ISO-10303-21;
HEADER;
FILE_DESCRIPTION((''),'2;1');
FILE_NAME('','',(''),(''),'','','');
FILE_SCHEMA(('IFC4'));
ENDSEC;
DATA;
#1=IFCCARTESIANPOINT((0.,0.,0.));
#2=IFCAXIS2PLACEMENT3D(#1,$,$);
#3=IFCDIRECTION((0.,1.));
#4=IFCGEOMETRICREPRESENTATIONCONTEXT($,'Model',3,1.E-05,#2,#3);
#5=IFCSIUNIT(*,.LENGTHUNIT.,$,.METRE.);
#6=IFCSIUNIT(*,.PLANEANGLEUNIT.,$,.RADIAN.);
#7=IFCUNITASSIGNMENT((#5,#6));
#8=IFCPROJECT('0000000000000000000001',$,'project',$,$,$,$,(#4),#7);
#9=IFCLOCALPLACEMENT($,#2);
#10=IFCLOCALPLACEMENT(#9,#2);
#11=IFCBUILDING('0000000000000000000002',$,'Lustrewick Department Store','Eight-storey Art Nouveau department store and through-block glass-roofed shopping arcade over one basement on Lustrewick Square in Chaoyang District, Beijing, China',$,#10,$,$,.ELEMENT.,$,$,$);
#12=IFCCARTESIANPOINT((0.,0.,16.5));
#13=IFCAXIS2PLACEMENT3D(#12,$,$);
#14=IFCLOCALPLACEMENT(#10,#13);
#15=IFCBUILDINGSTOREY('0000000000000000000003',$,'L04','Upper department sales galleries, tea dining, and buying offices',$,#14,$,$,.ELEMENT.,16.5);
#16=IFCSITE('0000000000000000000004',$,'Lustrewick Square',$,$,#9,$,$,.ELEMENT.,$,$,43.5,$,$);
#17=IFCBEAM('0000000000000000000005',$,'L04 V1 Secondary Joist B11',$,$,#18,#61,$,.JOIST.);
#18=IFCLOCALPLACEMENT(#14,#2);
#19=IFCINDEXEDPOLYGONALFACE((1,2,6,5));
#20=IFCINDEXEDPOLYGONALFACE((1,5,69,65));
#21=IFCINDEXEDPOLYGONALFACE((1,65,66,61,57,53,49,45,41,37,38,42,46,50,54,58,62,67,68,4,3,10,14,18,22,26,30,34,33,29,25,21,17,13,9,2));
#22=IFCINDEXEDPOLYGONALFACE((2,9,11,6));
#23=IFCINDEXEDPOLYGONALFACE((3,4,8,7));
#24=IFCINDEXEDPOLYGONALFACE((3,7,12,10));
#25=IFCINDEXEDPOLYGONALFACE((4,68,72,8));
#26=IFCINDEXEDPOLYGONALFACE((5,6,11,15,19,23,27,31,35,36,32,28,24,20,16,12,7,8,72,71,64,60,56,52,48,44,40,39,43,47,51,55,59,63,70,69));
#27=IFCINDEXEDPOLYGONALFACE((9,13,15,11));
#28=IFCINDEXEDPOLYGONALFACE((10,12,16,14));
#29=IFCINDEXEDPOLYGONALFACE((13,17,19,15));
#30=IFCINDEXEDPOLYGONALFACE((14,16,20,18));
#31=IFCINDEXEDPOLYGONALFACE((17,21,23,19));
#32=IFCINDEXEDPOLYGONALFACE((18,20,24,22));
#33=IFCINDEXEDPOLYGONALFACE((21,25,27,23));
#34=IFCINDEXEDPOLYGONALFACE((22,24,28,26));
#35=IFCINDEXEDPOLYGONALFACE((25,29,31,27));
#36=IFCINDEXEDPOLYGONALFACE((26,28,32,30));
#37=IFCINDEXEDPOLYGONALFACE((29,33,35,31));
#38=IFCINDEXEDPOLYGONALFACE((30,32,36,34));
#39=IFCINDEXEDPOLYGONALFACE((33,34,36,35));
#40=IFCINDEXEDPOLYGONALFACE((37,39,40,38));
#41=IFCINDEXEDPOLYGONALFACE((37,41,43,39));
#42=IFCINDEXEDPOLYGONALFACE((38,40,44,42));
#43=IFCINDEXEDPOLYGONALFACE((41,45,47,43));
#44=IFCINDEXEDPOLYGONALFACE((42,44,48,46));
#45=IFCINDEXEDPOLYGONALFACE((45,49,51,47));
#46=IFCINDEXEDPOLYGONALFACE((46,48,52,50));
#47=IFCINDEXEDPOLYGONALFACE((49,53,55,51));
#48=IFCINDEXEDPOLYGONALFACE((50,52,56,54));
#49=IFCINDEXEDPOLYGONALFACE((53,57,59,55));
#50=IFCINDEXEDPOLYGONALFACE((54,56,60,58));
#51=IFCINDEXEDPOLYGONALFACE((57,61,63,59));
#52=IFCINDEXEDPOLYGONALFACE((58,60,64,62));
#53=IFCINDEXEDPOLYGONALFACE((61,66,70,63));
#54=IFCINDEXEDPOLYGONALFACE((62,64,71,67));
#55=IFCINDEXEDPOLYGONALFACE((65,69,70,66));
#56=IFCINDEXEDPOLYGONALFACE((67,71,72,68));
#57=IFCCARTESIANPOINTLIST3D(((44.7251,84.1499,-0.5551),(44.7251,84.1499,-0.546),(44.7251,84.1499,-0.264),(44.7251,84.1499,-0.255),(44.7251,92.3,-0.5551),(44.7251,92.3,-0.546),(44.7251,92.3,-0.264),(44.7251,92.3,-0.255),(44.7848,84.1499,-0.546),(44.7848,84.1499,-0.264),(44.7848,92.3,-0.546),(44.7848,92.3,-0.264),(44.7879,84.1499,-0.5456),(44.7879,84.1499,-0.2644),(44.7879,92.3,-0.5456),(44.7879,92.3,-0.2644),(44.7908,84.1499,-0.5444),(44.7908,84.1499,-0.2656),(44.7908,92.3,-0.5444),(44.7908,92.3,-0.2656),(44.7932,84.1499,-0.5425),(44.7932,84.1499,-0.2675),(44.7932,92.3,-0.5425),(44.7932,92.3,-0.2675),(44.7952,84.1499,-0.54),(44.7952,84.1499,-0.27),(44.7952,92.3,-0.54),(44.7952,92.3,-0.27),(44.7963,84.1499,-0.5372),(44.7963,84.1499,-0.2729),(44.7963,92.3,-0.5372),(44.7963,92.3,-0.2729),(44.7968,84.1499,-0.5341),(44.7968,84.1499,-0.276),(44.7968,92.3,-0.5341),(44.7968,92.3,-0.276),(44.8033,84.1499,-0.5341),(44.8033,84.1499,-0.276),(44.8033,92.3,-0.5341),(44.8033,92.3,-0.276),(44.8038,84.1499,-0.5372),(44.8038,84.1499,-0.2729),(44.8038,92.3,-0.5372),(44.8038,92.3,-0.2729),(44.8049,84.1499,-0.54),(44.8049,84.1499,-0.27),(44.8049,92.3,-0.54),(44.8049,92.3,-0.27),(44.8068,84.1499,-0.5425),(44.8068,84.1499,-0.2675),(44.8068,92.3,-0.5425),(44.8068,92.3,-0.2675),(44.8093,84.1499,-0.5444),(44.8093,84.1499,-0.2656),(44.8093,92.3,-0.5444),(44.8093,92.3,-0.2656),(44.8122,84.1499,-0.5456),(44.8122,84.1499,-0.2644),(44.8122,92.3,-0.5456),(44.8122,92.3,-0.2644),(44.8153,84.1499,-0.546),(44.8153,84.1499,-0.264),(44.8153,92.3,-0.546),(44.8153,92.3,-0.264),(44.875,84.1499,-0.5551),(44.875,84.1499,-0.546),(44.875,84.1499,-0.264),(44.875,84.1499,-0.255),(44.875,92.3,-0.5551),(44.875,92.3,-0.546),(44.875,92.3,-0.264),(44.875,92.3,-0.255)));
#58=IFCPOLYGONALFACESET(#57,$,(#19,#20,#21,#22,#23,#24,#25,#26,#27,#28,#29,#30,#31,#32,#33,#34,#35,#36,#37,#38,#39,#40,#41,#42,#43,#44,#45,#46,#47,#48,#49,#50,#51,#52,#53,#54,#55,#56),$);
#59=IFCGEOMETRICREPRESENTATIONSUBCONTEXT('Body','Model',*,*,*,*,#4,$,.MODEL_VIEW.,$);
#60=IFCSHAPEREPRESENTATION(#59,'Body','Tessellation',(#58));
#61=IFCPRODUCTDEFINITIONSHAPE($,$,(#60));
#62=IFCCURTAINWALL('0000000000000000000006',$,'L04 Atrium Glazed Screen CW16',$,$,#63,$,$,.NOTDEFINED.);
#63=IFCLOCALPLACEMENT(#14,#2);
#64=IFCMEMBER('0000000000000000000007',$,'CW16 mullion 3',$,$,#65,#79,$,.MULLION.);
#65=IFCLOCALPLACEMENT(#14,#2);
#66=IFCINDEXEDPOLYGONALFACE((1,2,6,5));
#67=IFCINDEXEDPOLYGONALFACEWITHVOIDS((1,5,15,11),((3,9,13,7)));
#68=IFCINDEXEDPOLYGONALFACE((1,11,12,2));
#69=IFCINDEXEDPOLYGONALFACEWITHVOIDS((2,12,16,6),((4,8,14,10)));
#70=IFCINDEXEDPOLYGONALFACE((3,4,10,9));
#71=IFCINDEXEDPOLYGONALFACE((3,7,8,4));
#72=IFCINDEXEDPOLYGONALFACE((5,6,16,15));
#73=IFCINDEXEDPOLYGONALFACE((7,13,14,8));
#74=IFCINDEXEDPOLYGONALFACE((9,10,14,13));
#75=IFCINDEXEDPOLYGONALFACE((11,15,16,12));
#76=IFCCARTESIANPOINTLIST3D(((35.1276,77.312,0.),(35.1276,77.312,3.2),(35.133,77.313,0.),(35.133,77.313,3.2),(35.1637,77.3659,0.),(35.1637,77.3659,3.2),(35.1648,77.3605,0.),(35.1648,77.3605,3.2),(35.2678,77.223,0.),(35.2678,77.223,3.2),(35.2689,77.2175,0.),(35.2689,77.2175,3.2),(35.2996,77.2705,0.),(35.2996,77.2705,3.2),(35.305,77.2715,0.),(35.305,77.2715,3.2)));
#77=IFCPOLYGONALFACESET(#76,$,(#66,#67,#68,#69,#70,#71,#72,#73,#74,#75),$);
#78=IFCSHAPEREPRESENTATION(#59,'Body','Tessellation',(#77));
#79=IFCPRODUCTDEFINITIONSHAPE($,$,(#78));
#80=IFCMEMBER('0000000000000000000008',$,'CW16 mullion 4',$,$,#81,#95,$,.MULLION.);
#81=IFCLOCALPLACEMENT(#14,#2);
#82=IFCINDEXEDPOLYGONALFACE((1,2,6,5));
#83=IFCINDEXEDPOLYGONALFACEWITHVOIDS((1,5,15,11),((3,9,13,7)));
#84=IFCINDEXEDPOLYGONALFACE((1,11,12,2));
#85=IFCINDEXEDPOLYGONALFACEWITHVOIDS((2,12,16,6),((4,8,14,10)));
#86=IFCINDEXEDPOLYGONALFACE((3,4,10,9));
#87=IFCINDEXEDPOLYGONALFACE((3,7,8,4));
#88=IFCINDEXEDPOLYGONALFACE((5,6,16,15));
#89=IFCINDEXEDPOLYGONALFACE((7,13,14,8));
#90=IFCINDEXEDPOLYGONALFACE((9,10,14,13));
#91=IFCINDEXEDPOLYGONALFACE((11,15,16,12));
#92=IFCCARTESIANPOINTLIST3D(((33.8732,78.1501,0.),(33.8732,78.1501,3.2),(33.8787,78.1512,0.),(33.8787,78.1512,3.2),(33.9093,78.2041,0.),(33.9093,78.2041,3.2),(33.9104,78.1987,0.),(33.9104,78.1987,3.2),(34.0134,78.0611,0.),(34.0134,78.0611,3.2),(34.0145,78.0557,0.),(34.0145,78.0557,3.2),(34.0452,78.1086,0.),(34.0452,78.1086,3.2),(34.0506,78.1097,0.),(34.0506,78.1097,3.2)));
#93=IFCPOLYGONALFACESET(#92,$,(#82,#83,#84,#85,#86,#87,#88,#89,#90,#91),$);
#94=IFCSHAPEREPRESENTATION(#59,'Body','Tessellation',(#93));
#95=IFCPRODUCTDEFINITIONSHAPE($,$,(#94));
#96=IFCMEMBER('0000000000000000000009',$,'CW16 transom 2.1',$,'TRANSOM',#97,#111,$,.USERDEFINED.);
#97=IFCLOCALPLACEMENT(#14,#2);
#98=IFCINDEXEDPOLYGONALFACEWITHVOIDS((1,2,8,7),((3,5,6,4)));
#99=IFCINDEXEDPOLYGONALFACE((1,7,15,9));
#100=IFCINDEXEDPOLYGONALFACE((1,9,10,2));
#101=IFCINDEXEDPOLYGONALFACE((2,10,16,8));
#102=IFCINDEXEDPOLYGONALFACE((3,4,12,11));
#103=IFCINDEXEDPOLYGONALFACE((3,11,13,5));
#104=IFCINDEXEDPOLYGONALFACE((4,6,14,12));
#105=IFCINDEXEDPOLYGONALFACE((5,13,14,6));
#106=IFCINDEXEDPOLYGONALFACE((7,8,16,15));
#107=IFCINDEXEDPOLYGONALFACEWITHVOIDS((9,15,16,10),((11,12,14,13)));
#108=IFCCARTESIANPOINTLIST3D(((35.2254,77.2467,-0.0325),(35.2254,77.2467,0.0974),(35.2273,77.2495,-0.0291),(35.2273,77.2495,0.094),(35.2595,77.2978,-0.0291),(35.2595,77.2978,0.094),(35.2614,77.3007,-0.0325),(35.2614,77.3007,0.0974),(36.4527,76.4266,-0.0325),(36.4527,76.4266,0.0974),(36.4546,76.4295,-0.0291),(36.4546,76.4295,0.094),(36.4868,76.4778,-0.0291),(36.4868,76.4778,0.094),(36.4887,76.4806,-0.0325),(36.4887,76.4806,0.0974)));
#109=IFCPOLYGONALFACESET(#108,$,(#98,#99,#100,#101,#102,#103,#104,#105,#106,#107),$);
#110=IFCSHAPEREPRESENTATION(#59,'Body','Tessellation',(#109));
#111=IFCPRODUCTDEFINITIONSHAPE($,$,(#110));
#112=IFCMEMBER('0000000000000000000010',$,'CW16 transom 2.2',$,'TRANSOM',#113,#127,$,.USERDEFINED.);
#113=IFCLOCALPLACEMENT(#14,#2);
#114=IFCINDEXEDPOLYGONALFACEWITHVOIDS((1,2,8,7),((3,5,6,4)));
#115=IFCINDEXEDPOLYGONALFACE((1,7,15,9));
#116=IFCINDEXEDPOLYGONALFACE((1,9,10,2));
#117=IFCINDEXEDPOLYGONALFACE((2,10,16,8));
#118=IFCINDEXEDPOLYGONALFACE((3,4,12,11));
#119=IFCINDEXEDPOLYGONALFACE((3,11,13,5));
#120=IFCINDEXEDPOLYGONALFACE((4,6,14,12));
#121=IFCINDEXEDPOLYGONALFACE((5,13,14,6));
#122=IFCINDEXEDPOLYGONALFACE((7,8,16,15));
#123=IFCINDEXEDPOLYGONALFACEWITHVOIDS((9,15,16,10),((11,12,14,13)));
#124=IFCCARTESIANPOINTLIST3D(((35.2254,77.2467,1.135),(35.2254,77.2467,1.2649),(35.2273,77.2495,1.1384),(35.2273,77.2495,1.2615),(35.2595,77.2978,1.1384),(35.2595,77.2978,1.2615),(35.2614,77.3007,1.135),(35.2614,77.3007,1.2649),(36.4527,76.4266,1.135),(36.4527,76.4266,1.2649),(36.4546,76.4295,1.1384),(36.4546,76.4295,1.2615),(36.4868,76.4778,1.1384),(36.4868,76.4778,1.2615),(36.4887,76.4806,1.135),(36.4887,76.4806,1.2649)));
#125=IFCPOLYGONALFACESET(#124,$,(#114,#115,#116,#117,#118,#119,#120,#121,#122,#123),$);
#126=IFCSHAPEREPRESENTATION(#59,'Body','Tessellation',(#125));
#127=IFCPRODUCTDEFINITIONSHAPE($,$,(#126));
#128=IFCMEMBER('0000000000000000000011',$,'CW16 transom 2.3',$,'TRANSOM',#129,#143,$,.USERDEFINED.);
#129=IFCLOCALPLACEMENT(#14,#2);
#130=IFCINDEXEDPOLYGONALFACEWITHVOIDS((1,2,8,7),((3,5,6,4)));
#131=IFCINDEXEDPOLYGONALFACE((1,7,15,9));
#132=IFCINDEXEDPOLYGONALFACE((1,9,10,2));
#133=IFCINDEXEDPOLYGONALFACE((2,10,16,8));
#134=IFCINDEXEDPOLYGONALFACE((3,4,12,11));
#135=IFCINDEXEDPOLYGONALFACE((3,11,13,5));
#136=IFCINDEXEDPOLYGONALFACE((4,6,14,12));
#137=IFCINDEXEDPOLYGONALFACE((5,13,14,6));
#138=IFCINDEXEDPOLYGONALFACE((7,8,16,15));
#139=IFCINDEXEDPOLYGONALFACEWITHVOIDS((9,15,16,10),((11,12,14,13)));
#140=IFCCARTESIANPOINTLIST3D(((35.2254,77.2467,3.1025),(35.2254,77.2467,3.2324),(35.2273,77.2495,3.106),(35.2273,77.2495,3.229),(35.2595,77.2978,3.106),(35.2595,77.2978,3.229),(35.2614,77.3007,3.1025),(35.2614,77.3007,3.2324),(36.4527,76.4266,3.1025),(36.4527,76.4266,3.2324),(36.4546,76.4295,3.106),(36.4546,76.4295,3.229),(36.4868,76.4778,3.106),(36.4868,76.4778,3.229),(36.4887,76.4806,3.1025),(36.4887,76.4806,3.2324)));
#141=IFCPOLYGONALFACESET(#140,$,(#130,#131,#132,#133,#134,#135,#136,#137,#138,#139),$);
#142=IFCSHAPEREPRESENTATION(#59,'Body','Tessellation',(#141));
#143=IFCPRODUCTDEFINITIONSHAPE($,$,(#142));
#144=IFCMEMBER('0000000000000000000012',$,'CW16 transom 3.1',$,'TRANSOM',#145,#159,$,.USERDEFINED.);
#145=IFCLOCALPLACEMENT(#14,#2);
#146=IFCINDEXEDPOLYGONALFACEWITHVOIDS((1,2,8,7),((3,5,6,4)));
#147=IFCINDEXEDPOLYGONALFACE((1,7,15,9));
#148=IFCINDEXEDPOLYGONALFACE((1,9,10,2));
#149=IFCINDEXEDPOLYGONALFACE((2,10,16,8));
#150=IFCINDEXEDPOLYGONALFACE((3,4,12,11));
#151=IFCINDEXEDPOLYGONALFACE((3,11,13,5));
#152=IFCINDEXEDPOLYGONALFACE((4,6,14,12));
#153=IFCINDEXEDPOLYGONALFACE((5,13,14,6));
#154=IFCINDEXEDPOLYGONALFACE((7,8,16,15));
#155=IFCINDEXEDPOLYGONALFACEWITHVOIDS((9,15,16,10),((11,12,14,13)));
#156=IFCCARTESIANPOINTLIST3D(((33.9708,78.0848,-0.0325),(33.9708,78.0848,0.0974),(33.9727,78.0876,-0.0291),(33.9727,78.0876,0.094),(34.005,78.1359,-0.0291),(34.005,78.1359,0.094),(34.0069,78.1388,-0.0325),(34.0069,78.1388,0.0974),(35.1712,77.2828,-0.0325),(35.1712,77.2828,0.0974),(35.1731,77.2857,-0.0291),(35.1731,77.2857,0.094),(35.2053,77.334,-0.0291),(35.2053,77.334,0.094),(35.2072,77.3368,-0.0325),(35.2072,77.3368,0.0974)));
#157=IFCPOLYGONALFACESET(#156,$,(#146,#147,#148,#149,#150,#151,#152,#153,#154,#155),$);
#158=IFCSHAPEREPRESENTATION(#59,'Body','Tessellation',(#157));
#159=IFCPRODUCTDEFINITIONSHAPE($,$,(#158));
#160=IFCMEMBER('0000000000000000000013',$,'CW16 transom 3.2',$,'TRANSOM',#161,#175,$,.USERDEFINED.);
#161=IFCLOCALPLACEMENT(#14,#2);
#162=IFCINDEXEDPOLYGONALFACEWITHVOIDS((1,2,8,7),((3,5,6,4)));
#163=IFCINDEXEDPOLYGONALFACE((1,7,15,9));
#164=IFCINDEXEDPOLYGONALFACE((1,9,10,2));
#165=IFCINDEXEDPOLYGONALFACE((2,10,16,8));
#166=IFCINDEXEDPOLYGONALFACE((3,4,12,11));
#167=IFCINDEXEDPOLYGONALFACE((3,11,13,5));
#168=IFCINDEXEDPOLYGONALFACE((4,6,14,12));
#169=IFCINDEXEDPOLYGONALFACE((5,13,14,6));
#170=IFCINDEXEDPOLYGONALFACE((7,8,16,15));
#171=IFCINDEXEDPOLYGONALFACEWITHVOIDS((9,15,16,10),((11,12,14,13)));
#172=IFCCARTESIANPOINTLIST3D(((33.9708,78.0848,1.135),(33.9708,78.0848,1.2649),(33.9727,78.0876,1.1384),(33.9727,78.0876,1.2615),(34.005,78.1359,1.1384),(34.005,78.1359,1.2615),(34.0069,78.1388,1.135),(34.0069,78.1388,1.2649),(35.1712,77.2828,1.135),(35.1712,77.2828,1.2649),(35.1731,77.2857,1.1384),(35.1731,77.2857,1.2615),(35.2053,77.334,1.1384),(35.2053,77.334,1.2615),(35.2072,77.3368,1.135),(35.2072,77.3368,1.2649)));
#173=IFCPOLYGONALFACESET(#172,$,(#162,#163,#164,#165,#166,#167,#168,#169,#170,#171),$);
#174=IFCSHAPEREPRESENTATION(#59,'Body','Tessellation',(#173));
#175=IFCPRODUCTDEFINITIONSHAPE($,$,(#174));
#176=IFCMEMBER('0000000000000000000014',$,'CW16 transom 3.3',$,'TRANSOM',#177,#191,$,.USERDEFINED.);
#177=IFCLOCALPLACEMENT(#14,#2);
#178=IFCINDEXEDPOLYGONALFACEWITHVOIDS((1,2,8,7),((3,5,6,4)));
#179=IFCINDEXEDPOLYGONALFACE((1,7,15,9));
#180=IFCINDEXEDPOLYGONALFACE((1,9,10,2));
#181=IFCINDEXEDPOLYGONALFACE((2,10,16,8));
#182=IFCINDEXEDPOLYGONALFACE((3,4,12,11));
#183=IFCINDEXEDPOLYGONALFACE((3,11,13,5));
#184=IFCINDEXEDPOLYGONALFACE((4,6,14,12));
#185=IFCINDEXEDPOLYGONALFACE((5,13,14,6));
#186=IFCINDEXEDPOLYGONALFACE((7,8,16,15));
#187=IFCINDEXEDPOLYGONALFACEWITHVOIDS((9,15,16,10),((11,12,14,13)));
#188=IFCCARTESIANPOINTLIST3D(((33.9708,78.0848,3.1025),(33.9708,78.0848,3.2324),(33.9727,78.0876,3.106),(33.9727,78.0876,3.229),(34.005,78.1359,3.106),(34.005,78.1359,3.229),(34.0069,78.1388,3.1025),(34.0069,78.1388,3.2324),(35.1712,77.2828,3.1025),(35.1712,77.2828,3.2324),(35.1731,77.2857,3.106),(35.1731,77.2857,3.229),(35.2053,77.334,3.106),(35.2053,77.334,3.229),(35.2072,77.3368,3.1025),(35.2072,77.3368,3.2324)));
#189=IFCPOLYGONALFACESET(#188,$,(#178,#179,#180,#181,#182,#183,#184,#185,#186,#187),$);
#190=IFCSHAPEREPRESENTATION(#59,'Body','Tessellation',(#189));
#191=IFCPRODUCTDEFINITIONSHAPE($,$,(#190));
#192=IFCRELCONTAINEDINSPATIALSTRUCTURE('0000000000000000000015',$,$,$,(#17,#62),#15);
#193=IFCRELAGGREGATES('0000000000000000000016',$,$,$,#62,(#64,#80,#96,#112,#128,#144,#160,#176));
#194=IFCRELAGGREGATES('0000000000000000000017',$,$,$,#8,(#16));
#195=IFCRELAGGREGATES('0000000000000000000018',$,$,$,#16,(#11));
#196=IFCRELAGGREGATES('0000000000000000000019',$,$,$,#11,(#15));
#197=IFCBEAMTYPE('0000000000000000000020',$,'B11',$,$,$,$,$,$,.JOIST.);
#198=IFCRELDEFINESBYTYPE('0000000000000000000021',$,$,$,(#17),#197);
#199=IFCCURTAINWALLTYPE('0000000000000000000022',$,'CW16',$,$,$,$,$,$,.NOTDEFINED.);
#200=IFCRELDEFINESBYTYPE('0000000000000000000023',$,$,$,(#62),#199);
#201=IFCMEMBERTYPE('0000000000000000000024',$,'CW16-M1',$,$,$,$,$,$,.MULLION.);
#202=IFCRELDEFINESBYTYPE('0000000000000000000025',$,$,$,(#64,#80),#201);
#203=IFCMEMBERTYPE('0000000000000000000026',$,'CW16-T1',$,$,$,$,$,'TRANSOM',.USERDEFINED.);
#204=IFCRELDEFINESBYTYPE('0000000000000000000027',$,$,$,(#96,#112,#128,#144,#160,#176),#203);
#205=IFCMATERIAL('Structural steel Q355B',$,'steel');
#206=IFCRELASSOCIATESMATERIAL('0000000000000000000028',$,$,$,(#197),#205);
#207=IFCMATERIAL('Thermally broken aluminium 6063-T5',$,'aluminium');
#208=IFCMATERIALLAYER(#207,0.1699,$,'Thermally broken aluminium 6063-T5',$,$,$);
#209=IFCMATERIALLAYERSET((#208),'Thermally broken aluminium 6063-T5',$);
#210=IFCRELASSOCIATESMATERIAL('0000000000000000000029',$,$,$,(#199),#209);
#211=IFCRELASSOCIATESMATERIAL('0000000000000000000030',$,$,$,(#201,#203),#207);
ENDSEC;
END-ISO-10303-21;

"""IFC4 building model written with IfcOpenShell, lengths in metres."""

from ifc_helpers import new_model, si_unit, direction, frame, origin, origin_2d, place, context, subcontext, project, spatial, hollow_rectangle, i_section, extrude, material, layer, layer_set, material_profile, profile_set, type_object, element, aggregate, save


model = new_model("IFC4")

# Units and contexts
model_context = context("Model", 3, precision=1e-05, world=origin(), true_north=direction((0.0, 1.0)))
body_context = subcontext(model_context, "Body", "Model", "MODEL_VIEW")
ifc_project = project(units=[si_unit("LENGTHUNIT", "METRE"), si_unit("PLANEANGLEUNIT", "RADIAN")], contexts=[model_context])

# Site, building, storey
site_placement = place(None, origin())
site = spatial("IfcSite", under=ifc_project, at=site_placement, Name="Lustrewick Square", CompositionType="ELEMENT", RefElevation=43.5)
building_placement = place(site_placement, origin())
building = spatial("IfcBuilding", under=site, at=building_placement, Name="Lustrewick Department Store", Description="Eight-storey Art Nouveau department store and through-block glass-roofed shopping arcade over one basement on Lustrewick Square in Chaoyang District, Beijing, China", CompositionType="ELEMENT")
storey_placement = place(building_placement, frame((0.0, 0.0, 16.5)))
storey = spatial("IfcBuildingStorey", under=building, at=storey_placement, Name="L04", Description="Upper department sales galleries, tea dining, and buying offices", CompositionType="ELEMENT", Elevation=16.5)

# Shared definitions
ifc_material_1 = material(Name="Structural steel Q355B", Category="steel")

# Beam
ifc_material_profile_1 = material_profile(ifc_material_1, i_section(OverallWidth=0.1499, OverallDepth=0.3, WebThickness=0.0066, FlangeThickness=0.009, FilletRadius=0.012, at=origin_2d()), Name="HN 300x150x6.5x9")
ifc_profile_set_1 = profile_set([ifc_material_profile_1], Name="Structural steel Q355B")
beam_type_1 = type_object("IfcBeamType", Name="B11", PredefinedType="JOIST", material=ifc_profile_set_1)
beam_1_placement = place(storey_placement, frame((44.8, 84.1499, -0.405), z_axis=(0.0, 1.0, 0.0), x_axis=(-1.0, 0.0, 0.0)))
element("IfcBeam", 1, at=beam_1_placement, inside=storey, type_object=beam_type_1, Name="L04 V1 Secondary Joist B11", PredefinedType="JOIST", context=body_context, shape_type="SweptSolid", body=[
    extrude(i_section(OverallWidth=0.1499, OverallDepth=0.3, WebThickness=0.0066, FlangeThickness=0.009, FilletRadius=0.012, at=origin_2d()), origin(), (0.0, 0.0, 1.0), 8.1501),
])

# Curtain wall, members
ifc_material_2 = material(Name="Thermally broken aluminium 6063-T5", Category="aluminium")
ifc_layer_1 = layer(ifc_material_2, 0.1699, Name="Thermally broken aluminium 6063-T5")
ifc_layer_set_1 = layer_set([ifc_layer_1], Name="Thermally broken aluminium 6063-T5")
curtain_wall_type_1 = type_object("IfcCurtainWallType", Name="CW16", PredefinedType="NOTDEFINED", material=ifc_layer_set_1)
curtain_wall_1_placement = place(storey_placement, origin())
curtain_wall_1 = element("IfcCurtainWall", 2, at=curtain_wall_1_placement, inside=storey, type_object=curtain_wall_type_1, Name="L04 Atrium Glazed Screen CW16", PredefinedType="NOTDEFINED")
ifc_material_profile_2 = material_profile(ifc_material_2, hollow_rectangle(XDim=0.0649, YDim=0.1699, WallThickness=0.0039, at=origin_2d()), Name="ALU-M 65x170x4")
ifc_profile_set_2 = profile_set([ifc_material_profile_2], Name="Thermally broken aluminium 6063-T5")
member_type_1 = type_object("IfcMemberType", Name="CW16-M1", PredefinedType="MULLION", material=ifc_profile_set_2)
member_1_placement = place(storey_placement, frame((35.2163, 77.2917, 0.0), z_axis=(0.0, 0.0, 1.0), x_axis=(-0.555578, -0.831464, 0.0)))
member_1 = element("IfcMember", 3, at=member_1_placement, type_object=member_type_1, Name="CW16 mullion 3", PredefinedType="MULLION", context=body_context, shape_type="SweptSolid", body=[
    extrude(hollow_rectangle(XDim=0.0649, YDim=0.1699, WallThickness=0.0039, at=origin_2d()), origin(), (0.0, 0.0, 1.0), 3.2),
])
member_2_placement = place(storey_placement, frame((33.9619, 78.1299, 0.0), z_axis=(0.0, 0.0, 1.0), x_axis=(-0.555578, -0.831464, 0.0)))
member_2 = element("IfcMember", 4, at=member_2_placement, type_object=member_type_1, Name="CW16 mullion 4", PredefinedType="MULLION", context=body_context, shape_type="SweptSolid", body=[
    extrude(hollow_rectangle(XDim=0.0649, YDim=0.1699, WallThickness=0.0039, at=origin_2d()), origin(), (0.0, 0.0, 1.0), 3.2),
])
ifc_material_profile_3 = material_profile(ifc_material_2, hollow_rectangle(XDim=0.0649, YDim=0.1299, WallThickness=0.0034, at=origin_2d()), Name="ALU-T 65x130x3.5")
ifc_profile_set_3 = profile_set([ifc_material_profile_3], Name="Thermally broken aluminium 6063-T5")
member_type_2 = type_object("IfcMemberType", Name="CW16-T1", ElementType="TRANSOM", PredefinedType="USERDEFINED", material=ifc_profile_set_3)
member_3_placement = place(storey_placement, frame((36.4707, 76.4536, 0.0325), z_axis=(-0.831465, 0.555578, 0.0), x_axis=(-0.555578, -0.831465, 0.0)))
member_3 = element("IfcMember", 5, at=member_3_placement, type_object=member_type_2, Name="CW16 transom 2.1", ObjectType="TRANSOM", PredefinedType="USERDEFINED", context=body_context, shape_type="SweptSolid", body=[
    extrude(hollow_rectangle(XDim=0.0649, YDim=0.1299, WallThickness=0.0034, at=origin_2d()), origin(), (0.0, 0.0, 1.0), 1.4761),
])
member_4_placement = place(storey_placement, frame((36.4707, 76.4536, 1.2), z_axis=(-0.831465, 0.555578, 0.0), x_axis=(-0.555578, -0.831465, 0.0)))
member_4 = element("IfcMember", 6, at=member_4_placement, type_object=member_type_2, Name="CW16 transom 2.2", ObjectType="TRANSOM", PredefinedType="USERDEFINED", context=body_context, shape_type="SweptSolid", body=[
    extrude(hollow_rectangle(XDim=0.0649, YDim=0.1299, WallThickness=0.0034, at=origin_2d()), origin(), (0.0, 0.0, 1.0), 1.4761),
])
member_5_placement = place(storey_placement, frame((36.4707, 76.4536, 3.1675), z_axis=(-0.831465, 0.555578, 0.0), x_axis=(-0.555578, -0.831465, 0.0)))
member_5 = element("IfcMember", 7, at=member_5_placement, type_object=member_type_2, Name="CW16 transom 2.3", ObjectType="TRANSOM", PredefinedType="USERDEFINED", context=body_context, shape_type="SweptSolid", body=[
    extrude(hollow_rectangle(XDim=0.0649, YDim=0.1299, WallThickness=0.0034, at=origin_2d()), origin(), (0.0, 0.0, 1.0), 1.4761),
])
member_6_placement = place(storey_placement, frame((35.1892, 77.3098, 0.0325), z_axis=(-0.831504, 0.555519, 0.0), x_axis=(-0.555519, -0.831504, 0.0)))
member_6 = element("IfcMember", 8, at=member_6_placement, type_object=member_type_2, Name="CW16 transom 3.1", ObjectType="TRANSOM", PredefinedType="USERDEFINED", context=body_context, shape_type="SweptSolid", body=[
    extrude(hollow_rectangle(XDim=0.0649, YDim=0.1299, WallThickness=0.0034, at=origin_2d()), origin(), (0.0, 0.0, 1.0), 1.4436),
])
member_7_placement = place(storey_placement, frame((35.1892, 77.3098, 1.2), z_axis=(-0.831504, 0.555519, 0.0), x_axis=(-0.555519, -0.831504, 0.0)))
member_7 = element("IfcMember", 9, at=member_7_placement, type_object=member_type_2, Name="CW16 transom 3.2", ObjectType="TRANSOM", PredefinedType="USERDEFINED", context=body_context, shape_type="SweptSolid", body=[
    extrude(hollow_rectangle(XDim=0.0649, YDim=0.1299, WallThickness=0.0034, at=origin_2d()), origin(), (0.0, 0.0, 1.0), 1.4436),
])
member_8_placement = place(storey_placement, frame((35.1892, 77.3098, 3.1675), z_axis=(-0.831504, 0.555519, 0.0), x_axis=(-0.555519, -0.831504, 0.0)))
member_8 = element("IfcMember", 10, at=member_8_placement, type_object=member_type_2, Name="CW16 transom 3.3", ObjectType="TRANSOM", PredefinedType="USERDEFINED", context=body_context, shape_type="SweptSolid", body=[
    extrude(hollow_rectangle(XDim=0.0649, YDim=0.1299, WallThickness=0.0034, at=origin_2d()), origin(), (0.0, 0.0, 1.0), 1.4436),
])

aggregate(curtain_wall_1, [member_1, member_2, member_3, member_4, member_5, member_6, member_7, member_8])

save(model, "model.ifc")
